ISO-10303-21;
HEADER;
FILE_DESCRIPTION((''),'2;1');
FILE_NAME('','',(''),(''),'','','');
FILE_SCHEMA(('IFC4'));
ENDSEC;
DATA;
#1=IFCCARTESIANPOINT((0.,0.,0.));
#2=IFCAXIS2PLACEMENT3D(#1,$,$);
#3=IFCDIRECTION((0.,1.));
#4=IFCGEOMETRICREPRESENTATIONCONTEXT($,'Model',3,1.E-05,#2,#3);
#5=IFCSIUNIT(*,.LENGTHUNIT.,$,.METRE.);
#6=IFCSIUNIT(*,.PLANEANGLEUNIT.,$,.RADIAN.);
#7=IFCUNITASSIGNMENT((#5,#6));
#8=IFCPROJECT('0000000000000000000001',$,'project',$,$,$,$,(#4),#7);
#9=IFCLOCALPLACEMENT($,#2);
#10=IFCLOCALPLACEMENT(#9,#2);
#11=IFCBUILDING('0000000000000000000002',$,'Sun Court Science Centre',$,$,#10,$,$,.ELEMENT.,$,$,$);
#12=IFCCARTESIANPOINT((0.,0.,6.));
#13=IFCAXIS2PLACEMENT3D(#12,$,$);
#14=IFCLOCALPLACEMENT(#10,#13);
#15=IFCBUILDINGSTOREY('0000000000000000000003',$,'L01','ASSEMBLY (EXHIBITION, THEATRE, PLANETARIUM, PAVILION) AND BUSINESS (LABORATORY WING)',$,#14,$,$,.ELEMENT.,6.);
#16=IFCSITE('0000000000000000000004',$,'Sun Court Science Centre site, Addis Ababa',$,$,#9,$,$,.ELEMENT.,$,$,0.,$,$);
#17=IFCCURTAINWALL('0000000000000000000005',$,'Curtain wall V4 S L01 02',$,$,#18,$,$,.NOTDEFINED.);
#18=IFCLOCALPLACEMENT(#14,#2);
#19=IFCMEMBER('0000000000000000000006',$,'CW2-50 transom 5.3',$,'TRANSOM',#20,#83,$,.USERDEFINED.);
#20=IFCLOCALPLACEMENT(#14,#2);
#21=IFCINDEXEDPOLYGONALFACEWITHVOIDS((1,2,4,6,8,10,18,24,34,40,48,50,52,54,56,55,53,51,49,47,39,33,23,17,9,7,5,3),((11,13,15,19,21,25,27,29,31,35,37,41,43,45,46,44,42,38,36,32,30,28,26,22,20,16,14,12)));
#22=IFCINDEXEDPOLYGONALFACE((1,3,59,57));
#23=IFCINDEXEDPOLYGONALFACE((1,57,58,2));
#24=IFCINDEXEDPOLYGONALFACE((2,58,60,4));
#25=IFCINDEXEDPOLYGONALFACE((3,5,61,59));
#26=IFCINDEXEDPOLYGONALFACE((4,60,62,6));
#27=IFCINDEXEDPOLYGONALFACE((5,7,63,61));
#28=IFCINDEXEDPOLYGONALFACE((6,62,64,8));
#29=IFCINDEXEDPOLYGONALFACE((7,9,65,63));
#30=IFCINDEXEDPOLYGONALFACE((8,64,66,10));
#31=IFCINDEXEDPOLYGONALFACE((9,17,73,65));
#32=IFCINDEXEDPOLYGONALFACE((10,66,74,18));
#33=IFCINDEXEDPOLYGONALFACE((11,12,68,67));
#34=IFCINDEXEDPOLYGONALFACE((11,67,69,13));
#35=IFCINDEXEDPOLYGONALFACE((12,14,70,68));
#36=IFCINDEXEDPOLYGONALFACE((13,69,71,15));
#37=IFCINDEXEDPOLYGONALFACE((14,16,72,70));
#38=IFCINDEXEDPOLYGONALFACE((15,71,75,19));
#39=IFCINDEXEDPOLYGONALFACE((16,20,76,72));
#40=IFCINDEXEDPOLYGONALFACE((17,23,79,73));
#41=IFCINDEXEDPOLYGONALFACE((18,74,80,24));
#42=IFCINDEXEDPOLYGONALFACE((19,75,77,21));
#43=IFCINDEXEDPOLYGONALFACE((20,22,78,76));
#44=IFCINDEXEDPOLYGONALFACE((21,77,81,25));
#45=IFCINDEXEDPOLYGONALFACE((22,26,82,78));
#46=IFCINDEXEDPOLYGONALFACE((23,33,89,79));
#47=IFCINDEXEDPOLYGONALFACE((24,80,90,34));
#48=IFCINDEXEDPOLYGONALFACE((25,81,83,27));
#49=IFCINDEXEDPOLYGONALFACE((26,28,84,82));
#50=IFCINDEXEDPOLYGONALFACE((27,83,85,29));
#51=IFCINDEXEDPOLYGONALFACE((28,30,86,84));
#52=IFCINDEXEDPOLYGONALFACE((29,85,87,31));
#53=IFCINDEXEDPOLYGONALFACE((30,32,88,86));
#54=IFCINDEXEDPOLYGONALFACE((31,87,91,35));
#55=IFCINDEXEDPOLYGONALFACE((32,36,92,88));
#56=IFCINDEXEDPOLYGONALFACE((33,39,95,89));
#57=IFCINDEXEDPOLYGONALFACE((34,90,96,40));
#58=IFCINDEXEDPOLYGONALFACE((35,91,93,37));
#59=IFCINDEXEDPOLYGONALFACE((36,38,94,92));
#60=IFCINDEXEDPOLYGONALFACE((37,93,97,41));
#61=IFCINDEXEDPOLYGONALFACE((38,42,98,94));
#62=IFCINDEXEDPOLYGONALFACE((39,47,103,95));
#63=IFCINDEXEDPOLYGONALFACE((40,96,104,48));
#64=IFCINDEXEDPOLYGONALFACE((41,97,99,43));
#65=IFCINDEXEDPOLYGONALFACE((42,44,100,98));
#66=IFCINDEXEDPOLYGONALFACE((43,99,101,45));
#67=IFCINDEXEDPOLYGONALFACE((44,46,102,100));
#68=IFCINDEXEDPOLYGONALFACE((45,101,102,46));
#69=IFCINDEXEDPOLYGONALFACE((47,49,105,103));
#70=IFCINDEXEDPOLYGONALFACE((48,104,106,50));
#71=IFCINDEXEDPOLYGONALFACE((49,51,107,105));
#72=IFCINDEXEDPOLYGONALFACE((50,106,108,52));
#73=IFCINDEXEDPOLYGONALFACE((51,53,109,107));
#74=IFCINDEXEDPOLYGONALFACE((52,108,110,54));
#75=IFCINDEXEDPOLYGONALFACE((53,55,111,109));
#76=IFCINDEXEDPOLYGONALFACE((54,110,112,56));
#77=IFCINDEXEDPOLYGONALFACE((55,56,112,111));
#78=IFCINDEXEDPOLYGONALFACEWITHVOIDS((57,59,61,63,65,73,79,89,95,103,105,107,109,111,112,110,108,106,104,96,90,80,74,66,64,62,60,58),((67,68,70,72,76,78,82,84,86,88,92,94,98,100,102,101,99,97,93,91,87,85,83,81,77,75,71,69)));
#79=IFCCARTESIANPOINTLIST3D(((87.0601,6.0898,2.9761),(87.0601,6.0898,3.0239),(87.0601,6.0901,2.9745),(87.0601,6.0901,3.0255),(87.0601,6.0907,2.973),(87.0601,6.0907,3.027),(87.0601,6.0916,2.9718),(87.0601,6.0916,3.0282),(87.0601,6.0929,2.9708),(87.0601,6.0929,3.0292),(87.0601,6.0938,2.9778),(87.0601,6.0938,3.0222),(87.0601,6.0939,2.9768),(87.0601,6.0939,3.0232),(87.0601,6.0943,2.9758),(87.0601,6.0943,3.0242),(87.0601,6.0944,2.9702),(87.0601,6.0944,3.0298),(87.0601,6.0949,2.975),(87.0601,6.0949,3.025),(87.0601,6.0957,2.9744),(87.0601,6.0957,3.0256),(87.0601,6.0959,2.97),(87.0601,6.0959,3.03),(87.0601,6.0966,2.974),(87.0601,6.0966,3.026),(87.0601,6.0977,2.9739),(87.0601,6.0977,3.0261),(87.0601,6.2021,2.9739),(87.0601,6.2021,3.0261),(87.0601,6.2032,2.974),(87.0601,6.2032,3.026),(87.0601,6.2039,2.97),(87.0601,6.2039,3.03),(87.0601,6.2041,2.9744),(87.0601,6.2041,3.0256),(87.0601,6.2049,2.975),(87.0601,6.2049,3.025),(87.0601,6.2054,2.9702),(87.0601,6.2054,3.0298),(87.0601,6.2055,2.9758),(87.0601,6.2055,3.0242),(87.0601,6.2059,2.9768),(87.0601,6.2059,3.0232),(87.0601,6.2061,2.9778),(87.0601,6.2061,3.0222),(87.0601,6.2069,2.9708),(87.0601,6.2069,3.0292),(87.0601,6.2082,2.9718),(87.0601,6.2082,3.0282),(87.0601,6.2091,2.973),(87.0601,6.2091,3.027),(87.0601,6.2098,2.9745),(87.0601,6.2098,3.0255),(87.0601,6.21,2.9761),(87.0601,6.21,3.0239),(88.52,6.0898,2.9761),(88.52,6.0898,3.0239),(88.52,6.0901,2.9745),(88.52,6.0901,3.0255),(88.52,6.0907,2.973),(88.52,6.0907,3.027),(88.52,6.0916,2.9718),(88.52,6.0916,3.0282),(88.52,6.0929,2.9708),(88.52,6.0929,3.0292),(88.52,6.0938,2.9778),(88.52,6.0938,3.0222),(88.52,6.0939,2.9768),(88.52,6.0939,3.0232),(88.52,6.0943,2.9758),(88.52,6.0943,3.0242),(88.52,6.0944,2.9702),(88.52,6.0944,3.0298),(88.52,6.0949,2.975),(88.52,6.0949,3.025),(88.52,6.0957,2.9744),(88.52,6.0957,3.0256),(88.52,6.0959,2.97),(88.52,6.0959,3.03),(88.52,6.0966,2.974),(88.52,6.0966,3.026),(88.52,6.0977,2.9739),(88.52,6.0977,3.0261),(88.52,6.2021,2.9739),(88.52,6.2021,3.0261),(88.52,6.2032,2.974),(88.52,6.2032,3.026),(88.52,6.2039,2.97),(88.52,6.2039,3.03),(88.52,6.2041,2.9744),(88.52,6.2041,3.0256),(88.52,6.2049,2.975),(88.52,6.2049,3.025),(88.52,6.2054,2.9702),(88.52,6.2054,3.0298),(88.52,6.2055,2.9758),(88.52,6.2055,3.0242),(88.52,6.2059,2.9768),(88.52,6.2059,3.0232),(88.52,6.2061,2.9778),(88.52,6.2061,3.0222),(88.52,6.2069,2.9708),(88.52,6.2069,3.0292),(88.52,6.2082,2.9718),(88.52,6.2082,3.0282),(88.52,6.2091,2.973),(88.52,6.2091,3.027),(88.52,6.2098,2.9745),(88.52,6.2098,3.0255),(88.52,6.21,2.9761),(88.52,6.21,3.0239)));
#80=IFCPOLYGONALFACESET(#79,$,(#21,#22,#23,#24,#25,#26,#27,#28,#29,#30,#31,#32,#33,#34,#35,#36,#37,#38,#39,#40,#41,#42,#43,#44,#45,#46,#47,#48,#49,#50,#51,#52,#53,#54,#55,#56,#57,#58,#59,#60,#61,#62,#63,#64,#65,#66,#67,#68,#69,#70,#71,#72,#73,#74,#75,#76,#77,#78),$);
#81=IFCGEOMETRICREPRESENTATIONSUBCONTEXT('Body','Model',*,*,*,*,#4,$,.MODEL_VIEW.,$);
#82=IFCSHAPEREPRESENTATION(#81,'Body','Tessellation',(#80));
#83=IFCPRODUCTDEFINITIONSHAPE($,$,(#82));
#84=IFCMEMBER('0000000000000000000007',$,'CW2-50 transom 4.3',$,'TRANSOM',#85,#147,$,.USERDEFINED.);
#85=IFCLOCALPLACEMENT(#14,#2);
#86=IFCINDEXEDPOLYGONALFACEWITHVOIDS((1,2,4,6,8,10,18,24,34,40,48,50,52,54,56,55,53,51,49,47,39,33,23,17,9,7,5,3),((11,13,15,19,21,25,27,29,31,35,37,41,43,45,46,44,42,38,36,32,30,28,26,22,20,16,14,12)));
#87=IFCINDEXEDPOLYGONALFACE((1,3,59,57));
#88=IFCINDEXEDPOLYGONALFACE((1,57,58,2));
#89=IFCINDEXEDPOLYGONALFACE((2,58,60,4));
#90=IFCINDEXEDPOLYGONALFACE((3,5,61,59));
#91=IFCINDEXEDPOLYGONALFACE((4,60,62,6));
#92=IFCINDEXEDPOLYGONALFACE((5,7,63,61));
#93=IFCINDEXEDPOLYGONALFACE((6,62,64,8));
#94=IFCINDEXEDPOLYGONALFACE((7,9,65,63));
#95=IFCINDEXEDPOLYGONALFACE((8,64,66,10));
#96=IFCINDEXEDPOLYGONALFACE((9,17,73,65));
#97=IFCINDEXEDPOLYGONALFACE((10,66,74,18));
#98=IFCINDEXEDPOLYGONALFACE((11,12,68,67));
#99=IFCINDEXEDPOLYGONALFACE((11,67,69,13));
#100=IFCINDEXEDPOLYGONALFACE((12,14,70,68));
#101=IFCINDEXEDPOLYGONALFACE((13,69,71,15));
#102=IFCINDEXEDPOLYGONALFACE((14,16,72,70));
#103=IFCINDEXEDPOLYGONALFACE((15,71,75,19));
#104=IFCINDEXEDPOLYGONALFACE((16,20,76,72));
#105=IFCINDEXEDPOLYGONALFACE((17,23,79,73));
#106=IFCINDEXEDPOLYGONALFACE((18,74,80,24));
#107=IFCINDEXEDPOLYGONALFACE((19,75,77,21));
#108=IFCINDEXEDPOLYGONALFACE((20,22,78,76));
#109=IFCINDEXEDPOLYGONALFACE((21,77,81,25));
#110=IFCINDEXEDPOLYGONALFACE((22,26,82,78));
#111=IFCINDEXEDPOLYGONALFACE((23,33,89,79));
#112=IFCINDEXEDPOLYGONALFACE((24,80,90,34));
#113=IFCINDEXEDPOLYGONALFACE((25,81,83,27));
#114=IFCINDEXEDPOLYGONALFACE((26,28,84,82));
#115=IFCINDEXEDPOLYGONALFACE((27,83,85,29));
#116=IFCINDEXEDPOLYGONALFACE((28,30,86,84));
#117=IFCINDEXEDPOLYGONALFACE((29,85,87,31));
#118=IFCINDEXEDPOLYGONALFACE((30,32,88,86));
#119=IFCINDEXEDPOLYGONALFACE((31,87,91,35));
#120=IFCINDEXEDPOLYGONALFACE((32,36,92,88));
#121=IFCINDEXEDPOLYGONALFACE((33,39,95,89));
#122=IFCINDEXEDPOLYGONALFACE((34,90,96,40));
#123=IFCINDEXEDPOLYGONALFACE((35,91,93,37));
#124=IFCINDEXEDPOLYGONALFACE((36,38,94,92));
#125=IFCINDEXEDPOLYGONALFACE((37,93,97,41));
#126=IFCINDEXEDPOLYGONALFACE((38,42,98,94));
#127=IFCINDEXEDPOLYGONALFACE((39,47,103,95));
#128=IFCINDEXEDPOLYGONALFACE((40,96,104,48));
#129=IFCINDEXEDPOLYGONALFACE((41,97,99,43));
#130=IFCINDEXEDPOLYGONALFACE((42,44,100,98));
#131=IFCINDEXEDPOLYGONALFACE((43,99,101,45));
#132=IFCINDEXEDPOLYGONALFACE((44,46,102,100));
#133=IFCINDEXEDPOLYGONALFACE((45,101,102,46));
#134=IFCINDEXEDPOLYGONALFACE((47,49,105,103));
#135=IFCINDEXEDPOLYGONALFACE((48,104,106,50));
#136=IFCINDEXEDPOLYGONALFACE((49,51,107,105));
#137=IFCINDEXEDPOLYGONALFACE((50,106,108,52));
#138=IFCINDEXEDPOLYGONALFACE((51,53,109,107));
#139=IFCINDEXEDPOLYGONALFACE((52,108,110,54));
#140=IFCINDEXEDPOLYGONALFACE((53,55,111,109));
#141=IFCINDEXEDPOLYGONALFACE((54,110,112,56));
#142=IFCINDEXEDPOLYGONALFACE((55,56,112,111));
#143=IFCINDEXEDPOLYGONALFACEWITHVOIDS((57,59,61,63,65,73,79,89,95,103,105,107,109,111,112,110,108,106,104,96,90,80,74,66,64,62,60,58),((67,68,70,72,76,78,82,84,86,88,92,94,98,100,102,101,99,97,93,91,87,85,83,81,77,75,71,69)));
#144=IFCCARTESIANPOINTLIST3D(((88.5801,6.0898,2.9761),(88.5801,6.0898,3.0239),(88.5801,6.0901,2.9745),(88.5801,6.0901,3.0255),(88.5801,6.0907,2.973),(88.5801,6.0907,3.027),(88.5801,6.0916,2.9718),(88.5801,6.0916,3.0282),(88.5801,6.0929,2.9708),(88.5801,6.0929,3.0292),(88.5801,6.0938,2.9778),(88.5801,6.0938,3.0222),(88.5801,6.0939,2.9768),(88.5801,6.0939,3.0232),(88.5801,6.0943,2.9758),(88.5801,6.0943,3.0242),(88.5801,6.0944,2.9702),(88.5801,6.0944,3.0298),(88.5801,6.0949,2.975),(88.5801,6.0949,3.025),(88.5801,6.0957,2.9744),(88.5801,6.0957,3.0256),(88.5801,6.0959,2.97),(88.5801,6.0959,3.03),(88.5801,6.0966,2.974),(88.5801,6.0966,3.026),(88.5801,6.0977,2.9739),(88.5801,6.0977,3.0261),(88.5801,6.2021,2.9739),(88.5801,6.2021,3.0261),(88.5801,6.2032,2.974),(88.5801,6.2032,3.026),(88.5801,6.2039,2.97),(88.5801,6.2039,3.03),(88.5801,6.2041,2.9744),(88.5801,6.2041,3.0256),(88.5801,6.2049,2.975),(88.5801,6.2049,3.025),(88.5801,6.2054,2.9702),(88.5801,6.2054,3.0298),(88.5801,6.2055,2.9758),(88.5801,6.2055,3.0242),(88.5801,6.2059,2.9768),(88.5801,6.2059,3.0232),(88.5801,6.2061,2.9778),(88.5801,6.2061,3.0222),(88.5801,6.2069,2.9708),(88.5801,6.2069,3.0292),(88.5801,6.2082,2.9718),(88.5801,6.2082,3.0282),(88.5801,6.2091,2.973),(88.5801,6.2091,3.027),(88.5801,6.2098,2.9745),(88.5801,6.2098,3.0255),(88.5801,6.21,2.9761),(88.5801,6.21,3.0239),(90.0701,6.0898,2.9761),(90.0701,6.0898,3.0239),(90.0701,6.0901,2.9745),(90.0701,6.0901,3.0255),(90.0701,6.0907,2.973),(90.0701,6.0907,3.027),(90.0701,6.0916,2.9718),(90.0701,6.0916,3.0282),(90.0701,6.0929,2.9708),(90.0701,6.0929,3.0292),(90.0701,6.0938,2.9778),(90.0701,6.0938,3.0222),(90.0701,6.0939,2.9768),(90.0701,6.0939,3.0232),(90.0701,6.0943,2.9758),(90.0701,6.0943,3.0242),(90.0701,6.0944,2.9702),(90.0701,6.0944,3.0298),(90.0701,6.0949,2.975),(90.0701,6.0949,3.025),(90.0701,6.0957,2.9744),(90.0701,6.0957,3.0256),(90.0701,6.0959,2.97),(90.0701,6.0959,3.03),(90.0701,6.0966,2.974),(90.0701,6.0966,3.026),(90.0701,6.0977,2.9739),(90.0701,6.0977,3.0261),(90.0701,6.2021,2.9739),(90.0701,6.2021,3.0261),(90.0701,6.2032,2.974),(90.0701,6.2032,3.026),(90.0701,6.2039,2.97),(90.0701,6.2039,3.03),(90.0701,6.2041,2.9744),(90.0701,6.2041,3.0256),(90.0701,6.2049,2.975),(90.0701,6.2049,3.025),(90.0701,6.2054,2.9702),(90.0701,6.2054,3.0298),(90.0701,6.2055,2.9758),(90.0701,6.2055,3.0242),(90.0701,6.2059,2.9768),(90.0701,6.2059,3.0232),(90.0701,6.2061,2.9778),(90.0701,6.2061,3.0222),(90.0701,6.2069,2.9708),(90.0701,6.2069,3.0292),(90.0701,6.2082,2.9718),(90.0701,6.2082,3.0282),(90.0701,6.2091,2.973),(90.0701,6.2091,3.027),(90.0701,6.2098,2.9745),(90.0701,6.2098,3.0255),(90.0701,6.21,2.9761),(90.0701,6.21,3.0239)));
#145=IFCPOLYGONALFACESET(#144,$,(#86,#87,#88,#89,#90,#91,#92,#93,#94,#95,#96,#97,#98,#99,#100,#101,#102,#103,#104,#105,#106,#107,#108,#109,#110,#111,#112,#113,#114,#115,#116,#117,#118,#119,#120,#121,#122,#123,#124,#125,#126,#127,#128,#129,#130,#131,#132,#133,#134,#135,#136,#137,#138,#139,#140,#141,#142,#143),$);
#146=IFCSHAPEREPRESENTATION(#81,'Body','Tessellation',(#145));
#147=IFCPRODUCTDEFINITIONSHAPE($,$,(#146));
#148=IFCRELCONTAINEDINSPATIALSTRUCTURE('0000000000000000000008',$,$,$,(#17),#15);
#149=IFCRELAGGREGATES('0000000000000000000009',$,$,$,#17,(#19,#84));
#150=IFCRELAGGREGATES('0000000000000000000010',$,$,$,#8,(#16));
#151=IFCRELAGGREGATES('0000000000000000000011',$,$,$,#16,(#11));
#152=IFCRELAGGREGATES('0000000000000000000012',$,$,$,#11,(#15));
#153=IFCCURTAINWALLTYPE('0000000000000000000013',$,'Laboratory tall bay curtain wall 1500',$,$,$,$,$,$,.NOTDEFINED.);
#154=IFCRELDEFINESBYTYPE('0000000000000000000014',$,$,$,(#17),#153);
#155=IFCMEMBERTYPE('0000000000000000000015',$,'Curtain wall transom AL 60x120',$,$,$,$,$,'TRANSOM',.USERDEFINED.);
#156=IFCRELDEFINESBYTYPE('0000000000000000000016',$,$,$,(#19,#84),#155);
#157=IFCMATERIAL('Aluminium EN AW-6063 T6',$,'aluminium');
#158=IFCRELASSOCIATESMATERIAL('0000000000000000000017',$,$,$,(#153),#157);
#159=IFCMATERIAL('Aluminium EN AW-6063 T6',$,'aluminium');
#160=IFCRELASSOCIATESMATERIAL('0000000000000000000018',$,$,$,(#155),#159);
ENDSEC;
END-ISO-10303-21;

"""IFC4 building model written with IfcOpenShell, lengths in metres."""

from ifc_helpers import new_model, si_unit, direction, frame, origin, origin_2d, place, context, subcontext, project, spatial, hollow_rectangle, extrude, material, material_profile, profile_set, type_object, element, aggregate, save


model = new_model("IFC4")

# Units and contexts
model_context = context("Model", 3, precision=1e-05, world=origin(), true_north=direction((0.0, 1.0)))
body_context = subcontext(model_context, "Body", "Model", "MODEL_VIEW")
ifc_project = project(units=[si_unit("LENGTHUNIT", "METRE"), si_unit("PLANEANGLEUNIT", "RADIAN")], contexts=[model_context])

# Site, building, storey
site_placement = place(None, origin())
site = spatial("IfcSite", under=ifc_project, at=site_placement, Name="Sun Court Science Centre site, Addis Ababa", CompositionType="ELEMENT", RefElevation=0.0)
building_placement = place(site_placement, origin())
building = spatial("IfcBuilding", under=site, at=building_placement, Name="Sun Court Science Centre", CompositionType="ELEMENT")
storey_placement = place(building_placement, frame((0.0, 0.0, 6.0)))
storey = spatial("IfcBuildingStorey", under=building, at=storey_placement, Name="L01", Description="ASSEMBLY (EXHIBITION, THEATRE, PLANETARIUM, PAVILION) AND BUSINESS (LABORATORY WING)", CompositionType="ELEMENT", Elevation=6.0)

# Curtain wall, members
ifc_material_1 = material(Name="Aluminium EN AW-6063 T6", Category="aluminium")
curtain_wall_type = type_object("IfcCurtainWallType", Name="Laboratory tall bay curtain wall 1500", PredefinedType="NOTDEFINED", material=ifc_material_1)
curtain_wall_placement = place(storey_placement, origin())
curtain_wall = element("IfcCurtainWall", 1, at=curtain_wall_placement, inside=storey, type_object=curtain_wall_type, Name="Curtain wall V4 S L01 02", PredefinedType="NOTDEFINED")
ifc_material_2 = material(Name="Aluminium EN AW-6063 T6", Category="aluminium")
ifc_material_profile_1 = material_profile(ifc_material_2, hollow_rectangle(XDim=0.0601, YDim=0.1201, WallThickness=0.0039, InnerFilletRadius=0.0039, OuterFilletRadius=0.0061, at=origin_2d()), Name="AL 60x120x4")
ifc_profile_set_1 = profile_set([ifc_material_profile_1], Name="Aluminium EN AW-6063 T6")
member_type_1 = type_object("IfcMemberType", Name="Curtain wall transom AL 60x120", ElementType="TRANSOM", PredefinedType="USERDEFINED", material=ifc_profile_set_1)
member_1_placement = place(storey_placement, frame((88.52, 6.1499, 3.0), z_axis=(-1.0, 0.0, 0.0), x_axis=(0.0, 0.0, 1.0)))
member_1 = element("IfcMember", 2, at=member_1_placement, type_object=member_type_1, Name="CW2-50 transom 5.3", ObjectType="TRANSOM", PredefinedType="USERDEFINED", context=body_context, shape_type="SweptSolid", body=[
    extrude(hollow_rectangle(XDim=0.0601, YDim=0.1201, WallThickness=0.0039, InnerFilletRadius=0.0039, OuterFilletRadius=0.0061, at=origin_2d()), origin(), (0.0, 0.0, 1.0), 1.46),
])
member_2_placement = place(storey_placement, frame((90.0701, 6.1499, 3.0), z_axis=(-1.0, 0.0, 0.0), x_axis=(0.0, 0.0, 1.0)))
member_2 = element("IfcMember", 3, at=member_2_placement, type_object=member_type_1, Name="CW2-50 transom 4.3", ObjectType="TRANSOM", PredefinedType="USERDEFINED", context=body_context, shape_type="SweptSolid", body=[
    extrude(hollow_rectangle(XDim=0.0601, YDim=0.1201, WallThickness=0.0039, InnerFilletRadius=0.0039, OuterFilletRadius=0.0061, at=origin_2d()), origin(), (0.0, 0.0, 1.0), 1.49),
])

aggregate(curtain_wall, [member_1, member_2])

save(model, "model.ifc")
